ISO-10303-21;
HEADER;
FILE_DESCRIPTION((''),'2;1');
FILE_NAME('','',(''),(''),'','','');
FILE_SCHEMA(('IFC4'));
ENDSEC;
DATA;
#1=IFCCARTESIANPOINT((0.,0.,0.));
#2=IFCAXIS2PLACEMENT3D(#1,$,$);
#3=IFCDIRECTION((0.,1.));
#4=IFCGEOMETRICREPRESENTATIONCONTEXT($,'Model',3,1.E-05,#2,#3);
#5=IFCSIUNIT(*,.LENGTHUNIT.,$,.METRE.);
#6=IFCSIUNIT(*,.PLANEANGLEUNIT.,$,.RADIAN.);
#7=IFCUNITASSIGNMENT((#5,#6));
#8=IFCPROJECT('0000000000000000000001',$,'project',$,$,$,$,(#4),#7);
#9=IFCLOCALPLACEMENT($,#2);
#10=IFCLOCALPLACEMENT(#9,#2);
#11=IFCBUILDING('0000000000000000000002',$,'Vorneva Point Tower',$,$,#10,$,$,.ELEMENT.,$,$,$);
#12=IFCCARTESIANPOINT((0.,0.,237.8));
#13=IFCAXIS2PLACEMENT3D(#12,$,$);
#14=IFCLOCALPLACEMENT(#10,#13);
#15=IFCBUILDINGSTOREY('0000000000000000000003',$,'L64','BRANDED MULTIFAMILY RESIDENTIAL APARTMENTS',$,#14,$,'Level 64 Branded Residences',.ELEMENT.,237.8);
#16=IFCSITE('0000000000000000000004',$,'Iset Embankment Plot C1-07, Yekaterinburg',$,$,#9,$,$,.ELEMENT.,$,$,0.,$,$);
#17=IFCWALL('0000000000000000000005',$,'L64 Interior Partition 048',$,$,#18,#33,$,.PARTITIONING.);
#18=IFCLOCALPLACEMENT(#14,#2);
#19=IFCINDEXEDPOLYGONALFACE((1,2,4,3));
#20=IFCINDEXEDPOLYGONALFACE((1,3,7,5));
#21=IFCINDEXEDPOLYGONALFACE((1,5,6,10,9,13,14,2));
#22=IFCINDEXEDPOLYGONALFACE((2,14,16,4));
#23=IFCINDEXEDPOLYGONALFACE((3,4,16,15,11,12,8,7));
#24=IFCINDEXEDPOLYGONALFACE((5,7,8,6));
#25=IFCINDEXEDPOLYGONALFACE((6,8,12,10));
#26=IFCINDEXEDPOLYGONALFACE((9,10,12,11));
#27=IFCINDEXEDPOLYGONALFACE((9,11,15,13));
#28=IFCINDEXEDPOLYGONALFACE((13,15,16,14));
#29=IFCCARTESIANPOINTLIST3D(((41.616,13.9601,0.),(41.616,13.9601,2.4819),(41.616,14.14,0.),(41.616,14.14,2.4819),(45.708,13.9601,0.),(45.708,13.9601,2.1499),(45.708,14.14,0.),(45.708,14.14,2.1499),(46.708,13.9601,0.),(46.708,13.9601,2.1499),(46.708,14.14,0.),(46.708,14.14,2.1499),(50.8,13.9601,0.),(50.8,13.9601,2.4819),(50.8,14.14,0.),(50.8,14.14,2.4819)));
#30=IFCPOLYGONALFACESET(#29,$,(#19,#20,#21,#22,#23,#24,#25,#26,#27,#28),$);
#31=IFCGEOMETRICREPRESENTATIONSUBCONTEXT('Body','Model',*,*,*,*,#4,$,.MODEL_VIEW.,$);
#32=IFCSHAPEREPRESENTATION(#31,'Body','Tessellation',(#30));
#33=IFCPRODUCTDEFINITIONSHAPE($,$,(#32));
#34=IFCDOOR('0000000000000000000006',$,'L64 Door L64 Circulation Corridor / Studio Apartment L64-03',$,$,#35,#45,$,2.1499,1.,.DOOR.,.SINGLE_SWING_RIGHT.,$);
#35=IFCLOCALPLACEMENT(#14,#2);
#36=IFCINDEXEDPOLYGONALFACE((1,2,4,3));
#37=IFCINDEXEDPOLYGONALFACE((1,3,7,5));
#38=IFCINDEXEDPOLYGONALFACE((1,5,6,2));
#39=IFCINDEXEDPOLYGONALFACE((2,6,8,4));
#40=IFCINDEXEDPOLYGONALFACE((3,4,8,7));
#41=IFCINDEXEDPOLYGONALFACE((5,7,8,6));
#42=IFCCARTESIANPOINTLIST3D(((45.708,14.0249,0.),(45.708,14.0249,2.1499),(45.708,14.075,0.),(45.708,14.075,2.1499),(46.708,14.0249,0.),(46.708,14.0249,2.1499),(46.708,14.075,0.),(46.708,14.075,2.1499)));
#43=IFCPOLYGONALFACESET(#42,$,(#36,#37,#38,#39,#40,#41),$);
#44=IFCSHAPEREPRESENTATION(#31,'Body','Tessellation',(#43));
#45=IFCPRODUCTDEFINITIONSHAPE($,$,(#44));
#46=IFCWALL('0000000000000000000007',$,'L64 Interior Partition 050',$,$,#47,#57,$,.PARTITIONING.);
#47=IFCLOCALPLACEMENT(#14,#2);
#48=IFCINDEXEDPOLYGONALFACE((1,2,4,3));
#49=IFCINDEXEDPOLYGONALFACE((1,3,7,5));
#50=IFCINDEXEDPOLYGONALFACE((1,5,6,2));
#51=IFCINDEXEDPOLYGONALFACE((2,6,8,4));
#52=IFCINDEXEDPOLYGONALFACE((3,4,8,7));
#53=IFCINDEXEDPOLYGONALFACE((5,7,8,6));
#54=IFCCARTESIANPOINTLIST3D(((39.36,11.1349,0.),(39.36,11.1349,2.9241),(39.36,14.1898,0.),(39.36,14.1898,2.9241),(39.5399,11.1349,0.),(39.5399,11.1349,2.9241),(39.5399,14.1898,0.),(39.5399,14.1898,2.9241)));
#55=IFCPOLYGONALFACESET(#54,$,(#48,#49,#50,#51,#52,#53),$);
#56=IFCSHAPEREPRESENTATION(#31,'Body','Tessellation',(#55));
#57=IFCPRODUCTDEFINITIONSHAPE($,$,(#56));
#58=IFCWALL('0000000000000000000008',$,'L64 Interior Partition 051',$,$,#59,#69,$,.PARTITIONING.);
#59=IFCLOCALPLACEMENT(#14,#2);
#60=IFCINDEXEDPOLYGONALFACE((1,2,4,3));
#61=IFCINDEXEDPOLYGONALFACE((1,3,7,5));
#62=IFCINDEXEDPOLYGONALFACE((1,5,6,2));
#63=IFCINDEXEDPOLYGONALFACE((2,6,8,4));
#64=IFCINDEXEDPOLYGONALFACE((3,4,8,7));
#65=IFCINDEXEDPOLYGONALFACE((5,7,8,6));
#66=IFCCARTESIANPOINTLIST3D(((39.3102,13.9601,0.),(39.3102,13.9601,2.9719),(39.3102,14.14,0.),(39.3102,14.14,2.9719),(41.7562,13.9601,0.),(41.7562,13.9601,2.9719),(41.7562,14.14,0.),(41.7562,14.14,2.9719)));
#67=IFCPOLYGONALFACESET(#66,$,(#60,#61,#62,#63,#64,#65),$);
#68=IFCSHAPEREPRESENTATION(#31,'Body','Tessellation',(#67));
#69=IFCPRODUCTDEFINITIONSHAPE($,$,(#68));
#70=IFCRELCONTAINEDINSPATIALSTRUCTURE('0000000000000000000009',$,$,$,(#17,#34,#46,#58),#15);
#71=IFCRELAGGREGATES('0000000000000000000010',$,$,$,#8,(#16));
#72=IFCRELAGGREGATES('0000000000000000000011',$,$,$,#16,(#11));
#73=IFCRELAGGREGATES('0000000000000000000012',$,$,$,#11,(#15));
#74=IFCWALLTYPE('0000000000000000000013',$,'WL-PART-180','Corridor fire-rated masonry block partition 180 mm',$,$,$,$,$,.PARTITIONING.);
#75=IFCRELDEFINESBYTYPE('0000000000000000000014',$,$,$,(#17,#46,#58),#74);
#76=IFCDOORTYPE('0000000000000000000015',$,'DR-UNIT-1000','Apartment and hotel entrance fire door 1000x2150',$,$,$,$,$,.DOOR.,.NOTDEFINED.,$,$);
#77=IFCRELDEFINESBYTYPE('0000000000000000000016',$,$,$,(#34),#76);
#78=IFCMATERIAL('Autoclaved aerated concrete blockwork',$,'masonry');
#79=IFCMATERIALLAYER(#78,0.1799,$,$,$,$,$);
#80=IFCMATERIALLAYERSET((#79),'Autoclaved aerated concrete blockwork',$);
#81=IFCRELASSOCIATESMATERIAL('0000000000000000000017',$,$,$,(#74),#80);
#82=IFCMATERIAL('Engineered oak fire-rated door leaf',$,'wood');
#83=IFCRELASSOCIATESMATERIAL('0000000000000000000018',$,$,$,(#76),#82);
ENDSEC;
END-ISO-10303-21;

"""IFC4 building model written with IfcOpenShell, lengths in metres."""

from ifc_helpers import new_model, si_unit, direction, frame, frame_2d, origin, place, context, subcontext, project, spatial, rectangle, extrude, material, layer, layer_set, type_object, element, fill, save


model = new_model("IFC4")

# Units and contexts
model_context = context("Model", 3, precision=1e-05, world=origin(), true_north=direction((0.0, 1.0)))
body_context = subcontext(model_context, "Body", "Model", "MODEL_VIEW")
ifc_project = project(units=[si_unit("LENGTHUNIT", "METRE"), si_unit("PLANEANGLEUNIT", "RADIAN")], contexts=[model_context])

# Site, building, storey
site_placement = place(None, origin())
site = spatial("IfcSite", under=ifc_project, at=site_placement, Name="Iset Embankment Plot C1-07, Yekaterinburg", CompositionType="ELEMENT", RefElevation=0.0)
building_placement = place(site_placement, origin())
building = spatial("IfcBuilding", under=site, at=building_placement, Name="Vorneva Point Tower", CompositionType="ELEMENT")
storey_placement = place(building_placement, frame((0.0, 0.0, 237.8)))
storey = spatial("IfcBuildingStorey", under=building, at=storey_placement, Name="L64", Description="BRANDED MULTIFAMILY RESIDENTIAL APARTMENTS", LongName="Level 64 Branded Residences", CompositionType="ELEMENT", Elevation=237.8)

# Shared definitions
ifc_material_1 = material(Name="Engineered oak fire-rated door leaf", Category="wood")

# Shared definitions
ifc_material_2 = material(Name="Autoclaved aerated concrete blockwork", Category="masonry")
ifc_layer_1 = layer(ifc_material_2, 0.1799)
ifc_layer_set_1 = layer_set([ifc_layer_1], Name="Autoclaved aerated concrete blockwork")
wall_type_1 = type_object("IfcWallType", Name="WL-PART-180", Description="Corridor fire-rated masonry block partition 180 mm", PredefinedType="PARTITIONING", material=ifc_layer_set_1)

# Wall, opening, door
wall_1_placement = place(storey_placement, frame((41.616, 14.05, 0.0), z_axis=(0.0, 0.0, 1.0), x_axis=(1.0, 0.0, 0.0)))
wall_1 = element("IfcWall", 1, at=wall_1_placement, inside=storey, type_object=wall_type_1, Name="L64 Interior Partition 048", PredefinedType="PARTITIONING", context=body_context, shape_type="SweptSolid", body=[
    extrude(rectangle(XDim=9.1841, YDim=0.1799, at=frame_2d((4.592, 0.0))), origin(), (0.0, 0.0, 1.0), 2.4819),
])
opening_1_placement = place(wall_1_placement, frame((4.092, 0.0, 0.0)))
opening_1 = element("IfcOpeningElement", 2, at=opening_1_placement, cuts=wall_1, PredefinedType="OPENING", context=body_context, shape_type="SweptSolid", body=[
    extrude(rectangle(XDim=1.0, YDim=2.1499, at=frame_2d((0.5, 1.075))), frame((0.0, 0.105, 0.0), z_axis=(0.0, -1.0, 0.0), x_axis=(1.0, 0.0, 0.0)), (0.0, 0.0, 1.0), 0.2097),
])
door_type_1 = type_object("IfcDoorType", Name="DR-UNIT-1000", Description="Apartment and hotel entrance fire door 1000x2150", OperationType="NOTDEFINED", PredefinedType="DOOR", material=ifc_material_1)
door_1_placement = place(opening_1_placement, origin())
door_1 = element("IfcDoor", 3, at=door_1_placement, inside=storey, type_object=door_type_1, Name="L64 Door L64 Circulation Corridor / Studio Apartment L64-03", OperationType="SINGLE_SWING_RIGHT", OverallHeight=2.1499, OverallWidth=1.0, PredefinedType="DOOR", context=body_context, shape_type="SweptSolid", body=[
    extrude(rectangle(XDim=1.0, YDim=2.1499, at=frame_2d((0.5, 1.075))), frame((0.0, 0.0249, 0.0), z_axis=(0.0, -1.0, 0.0), x_axis=(1.0, 0.0, 0.0)), (0.0, 0.0, 1.0), 0.05),
])
fill(opening_1, door_1)

# Walls
wall_2_placement = place(storey_placement, frame((39.45, 11.135, 0.0), z_axis=(0.0, 0.0, 1.0), x_axis=(0.0, 1.0, 0.0)))
element("IfcWall", 4, at=wall_2_placement, inside=storey, type_object=wall_type_1, Name="L64 Interior Partition 050", PredefinedType="PARTITIONING", context=body_context, shape_type="SweptSolid", body=[
    extrude(rectangle(XDim=3.0549, YDim=0.1799, at=frame_2d((1.5273, 0.0))), origin(), (0.0, 0.0, 1.0), 2.9241),
])
wall_3_placement = place(storey_placement, frame((39.3101, 14.05, 0.0), z_axis=(0.0, 0.0, 1.0), x_axis=(1.0, 0.0, 0.0)))
element("IfcWall", 5, at=wall_3_placement, inside=storey, type_object=wall_type_1, Name="L64 Interior Partition 051", PredefinedType="PARTITIONING", context=body_context, shape_type="SweptSolid", body=[
    extrude(rectangle(XDim=2.446, YDim=0.1799, at=frame_2d((1.2231, 0.0))), origin(), (0.0, 0.0, 1.0), 2.9719),
])

save(model, "model.ifc")
